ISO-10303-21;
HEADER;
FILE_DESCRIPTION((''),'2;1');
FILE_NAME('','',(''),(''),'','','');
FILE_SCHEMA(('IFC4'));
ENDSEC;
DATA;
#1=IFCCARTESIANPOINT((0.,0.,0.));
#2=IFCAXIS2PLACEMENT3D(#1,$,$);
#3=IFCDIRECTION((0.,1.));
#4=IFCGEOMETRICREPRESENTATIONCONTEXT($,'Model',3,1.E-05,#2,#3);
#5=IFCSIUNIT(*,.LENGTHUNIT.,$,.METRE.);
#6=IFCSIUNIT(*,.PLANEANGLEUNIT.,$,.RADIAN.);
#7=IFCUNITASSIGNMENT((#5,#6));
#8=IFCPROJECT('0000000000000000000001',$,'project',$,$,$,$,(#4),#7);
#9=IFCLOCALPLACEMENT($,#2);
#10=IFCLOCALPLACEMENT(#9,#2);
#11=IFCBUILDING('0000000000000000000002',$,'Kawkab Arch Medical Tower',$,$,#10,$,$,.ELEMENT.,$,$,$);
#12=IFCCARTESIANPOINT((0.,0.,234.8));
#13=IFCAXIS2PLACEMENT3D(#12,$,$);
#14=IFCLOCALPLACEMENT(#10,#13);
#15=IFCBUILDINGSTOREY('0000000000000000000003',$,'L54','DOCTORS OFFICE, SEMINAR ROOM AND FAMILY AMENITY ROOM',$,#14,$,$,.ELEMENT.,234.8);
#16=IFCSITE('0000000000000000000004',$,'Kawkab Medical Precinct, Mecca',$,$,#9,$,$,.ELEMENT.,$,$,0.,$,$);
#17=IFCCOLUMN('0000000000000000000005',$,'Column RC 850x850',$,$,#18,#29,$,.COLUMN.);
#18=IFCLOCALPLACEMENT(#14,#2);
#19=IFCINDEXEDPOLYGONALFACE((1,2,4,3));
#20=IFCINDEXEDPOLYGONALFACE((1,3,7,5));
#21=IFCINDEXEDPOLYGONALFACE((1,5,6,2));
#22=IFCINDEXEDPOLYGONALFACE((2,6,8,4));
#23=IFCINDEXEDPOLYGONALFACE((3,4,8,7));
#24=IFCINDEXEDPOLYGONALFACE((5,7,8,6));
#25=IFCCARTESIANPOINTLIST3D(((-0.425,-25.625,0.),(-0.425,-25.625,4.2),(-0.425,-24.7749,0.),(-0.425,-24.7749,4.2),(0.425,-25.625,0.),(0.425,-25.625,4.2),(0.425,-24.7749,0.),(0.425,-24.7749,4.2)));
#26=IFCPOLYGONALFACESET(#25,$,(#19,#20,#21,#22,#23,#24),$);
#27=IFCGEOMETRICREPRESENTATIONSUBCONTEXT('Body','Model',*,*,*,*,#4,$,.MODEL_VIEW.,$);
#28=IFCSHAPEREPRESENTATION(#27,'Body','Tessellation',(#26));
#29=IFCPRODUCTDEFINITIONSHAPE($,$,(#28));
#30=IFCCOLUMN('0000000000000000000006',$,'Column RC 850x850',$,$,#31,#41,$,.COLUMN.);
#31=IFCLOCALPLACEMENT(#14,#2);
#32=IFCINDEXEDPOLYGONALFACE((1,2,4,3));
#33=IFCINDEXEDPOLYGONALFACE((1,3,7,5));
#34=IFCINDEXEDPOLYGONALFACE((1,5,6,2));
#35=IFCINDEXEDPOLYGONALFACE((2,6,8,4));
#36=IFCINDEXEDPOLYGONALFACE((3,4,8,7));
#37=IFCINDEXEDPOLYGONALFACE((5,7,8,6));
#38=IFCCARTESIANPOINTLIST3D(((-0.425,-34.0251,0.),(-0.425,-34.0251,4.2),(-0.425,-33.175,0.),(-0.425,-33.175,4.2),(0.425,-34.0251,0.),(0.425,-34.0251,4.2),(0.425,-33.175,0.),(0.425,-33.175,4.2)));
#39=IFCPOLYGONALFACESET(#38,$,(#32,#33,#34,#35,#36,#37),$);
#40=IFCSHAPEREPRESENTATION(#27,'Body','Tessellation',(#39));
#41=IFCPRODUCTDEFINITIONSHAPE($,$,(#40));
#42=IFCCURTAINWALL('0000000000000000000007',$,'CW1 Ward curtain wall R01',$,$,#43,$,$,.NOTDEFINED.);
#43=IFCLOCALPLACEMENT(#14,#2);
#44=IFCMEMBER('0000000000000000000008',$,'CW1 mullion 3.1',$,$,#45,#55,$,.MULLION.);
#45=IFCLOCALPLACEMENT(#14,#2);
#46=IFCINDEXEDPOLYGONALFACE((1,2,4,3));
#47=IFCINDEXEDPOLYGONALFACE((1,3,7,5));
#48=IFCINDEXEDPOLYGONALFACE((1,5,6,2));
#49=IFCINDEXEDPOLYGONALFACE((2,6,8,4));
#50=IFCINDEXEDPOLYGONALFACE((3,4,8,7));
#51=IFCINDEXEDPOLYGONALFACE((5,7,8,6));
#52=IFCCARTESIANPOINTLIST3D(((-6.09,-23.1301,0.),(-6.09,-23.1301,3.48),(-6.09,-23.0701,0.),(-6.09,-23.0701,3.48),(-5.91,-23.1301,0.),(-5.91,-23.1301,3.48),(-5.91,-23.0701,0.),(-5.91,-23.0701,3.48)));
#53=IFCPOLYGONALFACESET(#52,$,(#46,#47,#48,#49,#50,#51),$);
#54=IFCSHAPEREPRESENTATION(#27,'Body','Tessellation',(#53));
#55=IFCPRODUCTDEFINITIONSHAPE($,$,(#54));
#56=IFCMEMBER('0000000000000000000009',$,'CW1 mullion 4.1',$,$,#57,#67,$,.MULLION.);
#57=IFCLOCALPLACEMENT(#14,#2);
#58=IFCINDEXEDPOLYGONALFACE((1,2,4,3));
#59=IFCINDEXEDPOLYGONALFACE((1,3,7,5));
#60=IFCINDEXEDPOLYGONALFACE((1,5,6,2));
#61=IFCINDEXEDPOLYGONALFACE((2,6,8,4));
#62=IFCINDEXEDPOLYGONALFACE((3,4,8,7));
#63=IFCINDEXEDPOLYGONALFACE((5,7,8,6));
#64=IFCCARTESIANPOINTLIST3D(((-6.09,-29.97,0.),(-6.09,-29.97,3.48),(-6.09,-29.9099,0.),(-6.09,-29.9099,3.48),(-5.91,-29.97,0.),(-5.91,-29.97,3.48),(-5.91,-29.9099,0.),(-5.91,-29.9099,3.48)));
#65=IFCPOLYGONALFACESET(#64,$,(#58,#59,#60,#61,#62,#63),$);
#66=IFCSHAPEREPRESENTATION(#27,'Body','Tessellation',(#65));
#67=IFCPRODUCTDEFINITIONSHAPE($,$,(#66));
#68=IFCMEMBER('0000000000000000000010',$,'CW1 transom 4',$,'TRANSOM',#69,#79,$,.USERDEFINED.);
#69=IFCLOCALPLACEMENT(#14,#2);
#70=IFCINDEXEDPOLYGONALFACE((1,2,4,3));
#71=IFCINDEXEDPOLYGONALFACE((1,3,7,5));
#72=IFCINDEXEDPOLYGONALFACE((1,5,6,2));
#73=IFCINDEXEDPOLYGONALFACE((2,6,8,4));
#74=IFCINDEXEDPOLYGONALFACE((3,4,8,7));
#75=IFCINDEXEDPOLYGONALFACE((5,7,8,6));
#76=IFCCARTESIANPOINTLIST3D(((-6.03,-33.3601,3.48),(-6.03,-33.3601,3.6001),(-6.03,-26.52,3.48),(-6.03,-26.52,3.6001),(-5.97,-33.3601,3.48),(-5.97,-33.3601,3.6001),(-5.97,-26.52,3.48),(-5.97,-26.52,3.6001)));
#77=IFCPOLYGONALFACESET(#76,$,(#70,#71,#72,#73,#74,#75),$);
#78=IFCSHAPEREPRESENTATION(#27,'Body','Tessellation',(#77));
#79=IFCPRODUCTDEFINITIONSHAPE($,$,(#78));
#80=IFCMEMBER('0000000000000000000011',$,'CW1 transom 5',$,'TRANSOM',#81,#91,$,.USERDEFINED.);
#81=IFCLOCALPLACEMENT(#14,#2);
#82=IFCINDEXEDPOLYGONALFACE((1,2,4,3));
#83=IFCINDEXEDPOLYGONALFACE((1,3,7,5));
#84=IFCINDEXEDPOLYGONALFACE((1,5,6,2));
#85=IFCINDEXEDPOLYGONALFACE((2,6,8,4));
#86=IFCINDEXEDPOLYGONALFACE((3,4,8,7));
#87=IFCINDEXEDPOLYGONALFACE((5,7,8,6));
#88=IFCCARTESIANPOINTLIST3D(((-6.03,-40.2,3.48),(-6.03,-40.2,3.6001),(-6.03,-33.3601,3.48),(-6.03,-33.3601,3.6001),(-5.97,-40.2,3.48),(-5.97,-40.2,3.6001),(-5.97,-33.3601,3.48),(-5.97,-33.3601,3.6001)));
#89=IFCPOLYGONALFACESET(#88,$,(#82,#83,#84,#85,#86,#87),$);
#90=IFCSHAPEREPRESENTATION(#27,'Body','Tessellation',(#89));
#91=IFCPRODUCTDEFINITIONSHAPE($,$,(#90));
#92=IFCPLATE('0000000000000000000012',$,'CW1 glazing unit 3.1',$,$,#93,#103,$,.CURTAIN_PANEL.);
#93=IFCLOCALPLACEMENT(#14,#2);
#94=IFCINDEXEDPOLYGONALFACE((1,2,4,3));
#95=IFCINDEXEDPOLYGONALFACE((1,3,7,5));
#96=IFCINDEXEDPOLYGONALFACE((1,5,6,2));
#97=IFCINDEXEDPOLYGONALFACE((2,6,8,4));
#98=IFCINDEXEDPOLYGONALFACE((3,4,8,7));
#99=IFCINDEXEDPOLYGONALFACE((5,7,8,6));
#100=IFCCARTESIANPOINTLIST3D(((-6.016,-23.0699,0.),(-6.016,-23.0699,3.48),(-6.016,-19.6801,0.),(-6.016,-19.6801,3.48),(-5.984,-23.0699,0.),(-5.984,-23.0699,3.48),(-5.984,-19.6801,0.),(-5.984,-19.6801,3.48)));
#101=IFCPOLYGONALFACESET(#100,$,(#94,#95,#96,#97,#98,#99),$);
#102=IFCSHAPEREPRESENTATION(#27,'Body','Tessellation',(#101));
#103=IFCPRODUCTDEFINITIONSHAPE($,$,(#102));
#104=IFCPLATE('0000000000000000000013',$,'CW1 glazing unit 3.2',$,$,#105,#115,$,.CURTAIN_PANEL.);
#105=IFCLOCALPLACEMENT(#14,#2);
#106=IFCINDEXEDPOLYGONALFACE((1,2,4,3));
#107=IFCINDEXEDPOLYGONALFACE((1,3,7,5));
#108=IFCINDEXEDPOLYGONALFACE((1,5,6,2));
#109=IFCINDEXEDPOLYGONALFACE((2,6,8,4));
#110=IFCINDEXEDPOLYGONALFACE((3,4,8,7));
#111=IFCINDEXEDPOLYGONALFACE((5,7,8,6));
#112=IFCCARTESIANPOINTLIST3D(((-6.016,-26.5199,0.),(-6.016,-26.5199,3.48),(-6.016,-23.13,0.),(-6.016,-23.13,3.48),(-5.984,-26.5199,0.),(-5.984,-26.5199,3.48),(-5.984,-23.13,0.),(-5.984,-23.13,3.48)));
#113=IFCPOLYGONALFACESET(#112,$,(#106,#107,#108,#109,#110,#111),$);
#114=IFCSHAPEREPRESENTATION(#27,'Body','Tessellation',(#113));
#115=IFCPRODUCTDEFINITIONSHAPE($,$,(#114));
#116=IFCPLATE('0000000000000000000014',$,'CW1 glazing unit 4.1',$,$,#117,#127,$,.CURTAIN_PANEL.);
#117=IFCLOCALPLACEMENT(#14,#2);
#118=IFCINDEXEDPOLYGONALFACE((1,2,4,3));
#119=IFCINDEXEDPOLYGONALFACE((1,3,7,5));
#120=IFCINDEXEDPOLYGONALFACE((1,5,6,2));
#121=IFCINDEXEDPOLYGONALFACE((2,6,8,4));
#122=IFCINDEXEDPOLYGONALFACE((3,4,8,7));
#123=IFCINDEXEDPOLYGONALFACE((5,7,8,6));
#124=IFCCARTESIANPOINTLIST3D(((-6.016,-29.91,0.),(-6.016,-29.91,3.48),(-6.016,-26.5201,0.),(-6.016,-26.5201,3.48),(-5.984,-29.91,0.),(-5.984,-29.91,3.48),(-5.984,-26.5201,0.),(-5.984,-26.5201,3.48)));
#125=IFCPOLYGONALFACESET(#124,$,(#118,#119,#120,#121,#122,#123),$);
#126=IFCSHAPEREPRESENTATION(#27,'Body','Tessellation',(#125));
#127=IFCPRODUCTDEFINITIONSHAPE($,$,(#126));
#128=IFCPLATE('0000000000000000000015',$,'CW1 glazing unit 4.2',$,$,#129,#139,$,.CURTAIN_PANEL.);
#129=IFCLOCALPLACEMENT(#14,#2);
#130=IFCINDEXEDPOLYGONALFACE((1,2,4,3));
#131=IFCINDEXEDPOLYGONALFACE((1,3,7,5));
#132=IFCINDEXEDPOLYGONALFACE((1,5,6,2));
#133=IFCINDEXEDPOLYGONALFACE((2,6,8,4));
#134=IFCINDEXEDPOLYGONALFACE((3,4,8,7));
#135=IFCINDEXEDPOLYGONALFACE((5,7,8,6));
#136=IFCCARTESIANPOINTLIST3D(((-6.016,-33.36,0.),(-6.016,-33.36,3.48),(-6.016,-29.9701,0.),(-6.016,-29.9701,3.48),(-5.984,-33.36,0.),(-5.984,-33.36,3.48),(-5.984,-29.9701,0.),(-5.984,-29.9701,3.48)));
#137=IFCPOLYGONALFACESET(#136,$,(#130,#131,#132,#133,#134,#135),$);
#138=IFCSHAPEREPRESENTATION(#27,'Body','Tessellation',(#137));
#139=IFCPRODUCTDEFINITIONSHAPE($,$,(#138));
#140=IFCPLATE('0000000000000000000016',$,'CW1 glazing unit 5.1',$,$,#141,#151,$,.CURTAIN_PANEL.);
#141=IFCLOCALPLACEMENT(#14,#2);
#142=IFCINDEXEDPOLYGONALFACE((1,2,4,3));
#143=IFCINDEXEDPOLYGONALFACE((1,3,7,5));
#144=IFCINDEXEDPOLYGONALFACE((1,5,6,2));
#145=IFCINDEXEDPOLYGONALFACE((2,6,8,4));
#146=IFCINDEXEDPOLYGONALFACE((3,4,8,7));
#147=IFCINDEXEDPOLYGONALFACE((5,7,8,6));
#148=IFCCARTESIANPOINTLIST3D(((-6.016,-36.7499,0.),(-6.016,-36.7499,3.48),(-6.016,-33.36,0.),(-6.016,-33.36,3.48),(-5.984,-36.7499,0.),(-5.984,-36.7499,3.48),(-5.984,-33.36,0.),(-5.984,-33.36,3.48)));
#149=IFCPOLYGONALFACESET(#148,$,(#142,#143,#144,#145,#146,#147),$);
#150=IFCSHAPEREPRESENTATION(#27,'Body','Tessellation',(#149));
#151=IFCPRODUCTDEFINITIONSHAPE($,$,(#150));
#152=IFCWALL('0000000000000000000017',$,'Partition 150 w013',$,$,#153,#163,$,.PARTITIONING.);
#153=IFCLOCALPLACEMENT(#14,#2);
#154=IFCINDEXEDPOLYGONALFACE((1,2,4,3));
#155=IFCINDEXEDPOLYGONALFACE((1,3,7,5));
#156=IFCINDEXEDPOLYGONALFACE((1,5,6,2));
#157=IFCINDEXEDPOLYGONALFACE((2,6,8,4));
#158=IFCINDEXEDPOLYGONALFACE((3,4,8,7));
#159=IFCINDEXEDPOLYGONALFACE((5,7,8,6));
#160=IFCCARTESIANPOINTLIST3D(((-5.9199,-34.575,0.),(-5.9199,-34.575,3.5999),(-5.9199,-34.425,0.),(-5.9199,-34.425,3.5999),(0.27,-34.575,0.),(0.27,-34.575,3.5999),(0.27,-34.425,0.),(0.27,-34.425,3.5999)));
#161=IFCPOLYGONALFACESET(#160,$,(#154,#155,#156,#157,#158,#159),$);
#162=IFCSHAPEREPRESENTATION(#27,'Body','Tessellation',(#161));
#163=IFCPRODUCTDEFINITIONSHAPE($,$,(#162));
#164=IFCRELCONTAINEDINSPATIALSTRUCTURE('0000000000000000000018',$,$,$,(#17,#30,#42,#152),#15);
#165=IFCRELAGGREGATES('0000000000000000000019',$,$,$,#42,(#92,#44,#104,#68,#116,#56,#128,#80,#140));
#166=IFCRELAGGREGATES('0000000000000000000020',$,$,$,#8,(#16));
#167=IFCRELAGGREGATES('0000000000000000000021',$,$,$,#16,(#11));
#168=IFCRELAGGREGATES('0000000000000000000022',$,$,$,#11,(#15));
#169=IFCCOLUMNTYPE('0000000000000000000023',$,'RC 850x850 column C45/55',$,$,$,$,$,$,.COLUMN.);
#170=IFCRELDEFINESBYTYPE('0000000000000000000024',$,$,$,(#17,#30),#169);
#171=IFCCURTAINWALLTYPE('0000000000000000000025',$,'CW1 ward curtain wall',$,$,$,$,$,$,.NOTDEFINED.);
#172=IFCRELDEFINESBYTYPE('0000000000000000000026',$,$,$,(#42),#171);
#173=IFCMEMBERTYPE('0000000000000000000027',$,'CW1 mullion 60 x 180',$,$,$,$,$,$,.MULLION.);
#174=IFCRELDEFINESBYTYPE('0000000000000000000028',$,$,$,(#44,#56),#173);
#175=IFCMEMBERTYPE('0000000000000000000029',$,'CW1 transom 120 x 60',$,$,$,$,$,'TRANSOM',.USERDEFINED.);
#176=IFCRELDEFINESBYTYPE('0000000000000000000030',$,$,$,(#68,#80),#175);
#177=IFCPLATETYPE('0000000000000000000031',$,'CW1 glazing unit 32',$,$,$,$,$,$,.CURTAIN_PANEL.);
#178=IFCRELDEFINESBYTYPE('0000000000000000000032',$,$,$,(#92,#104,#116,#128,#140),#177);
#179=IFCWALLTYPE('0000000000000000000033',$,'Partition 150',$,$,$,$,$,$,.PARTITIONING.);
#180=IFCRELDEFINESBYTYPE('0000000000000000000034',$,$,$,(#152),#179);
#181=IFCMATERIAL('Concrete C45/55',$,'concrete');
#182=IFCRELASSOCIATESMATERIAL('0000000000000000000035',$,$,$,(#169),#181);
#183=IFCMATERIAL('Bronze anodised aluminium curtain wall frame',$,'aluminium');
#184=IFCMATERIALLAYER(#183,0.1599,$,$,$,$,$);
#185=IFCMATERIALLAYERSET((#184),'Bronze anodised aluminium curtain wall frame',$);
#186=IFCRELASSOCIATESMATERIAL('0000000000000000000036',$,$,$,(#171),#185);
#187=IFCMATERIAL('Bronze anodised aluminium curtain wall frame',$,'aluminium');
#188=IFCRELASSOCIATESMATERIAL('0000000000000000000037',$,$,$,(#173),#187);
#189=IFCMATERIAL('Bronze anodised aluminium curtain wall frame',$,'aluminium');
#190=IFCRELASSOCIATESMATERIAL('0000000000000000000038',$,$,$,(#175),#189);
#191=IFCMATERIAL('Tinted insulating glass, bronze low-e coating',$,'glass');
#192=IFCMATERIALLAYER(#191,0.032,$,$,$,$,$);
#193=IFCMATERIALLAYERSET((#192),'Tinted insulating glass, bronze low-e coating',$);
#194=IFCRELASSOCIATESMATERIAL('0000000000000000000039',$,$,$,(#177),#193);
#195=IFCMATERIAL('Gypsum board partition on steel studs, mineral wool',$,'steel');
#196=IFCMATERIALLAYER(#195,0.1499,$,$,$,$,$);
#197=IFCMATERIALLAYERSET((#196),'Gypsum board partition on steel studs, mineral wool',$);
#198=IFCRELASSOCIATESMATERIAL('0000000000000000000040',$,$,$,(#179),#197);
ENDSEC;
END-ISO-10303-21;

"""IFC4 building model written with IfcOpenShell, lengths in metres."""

from ifc_helpers import new_model, si_unit, direction, frame, frame_2d, origin, origin_2d, place, context, subcontext, project, spatial, rectangle, extrude, material, layer, layer_set, material_profile, profile_set, type_object, element, aggregate, save


model = new_model("IFC4")

# Units and contexts
model_context = context("Model", 3, precision=1e-05, world=origin(), true_north=direction((0.0, 1.0)))
body_context = subcontext(model_context, "Body", "Model", "MODEL_VIEW")
ifc_project = project(units=[si_unit("LENGTHUNIT", "METRE"), si_unit("PLANEANGLEUNIT", "RADIAN")], contexts=[model_context])

# Site, building, storey
site_placement = place(None, origin())
site = spatial("IfcSite", under=ifc_project, at=site_placement, Name="Kawkab Medical Precinct, Mecca", CompositionType="ELEMENT", RefElevation=0.0)
building_placement = place(site_placement, origin())
building = spatial("IfcBuilding", under=site, at=building_placement, Name="Kawkab Arch Medical Tower", CompositionType="ELEMENT")
storey_placement = place(building_placement, frame((0.0, 0.0, 234.8)))
storey = spatial("IfcBuildingStorey", under=building, at=storey_placement, Name="L54", Description="DOCTORS OFFICE, SEMINAR ROOM AND FAMILY AMENITY ROOM", CompositionType="ELEMENT", Elevation=234.8)

# Columns
ifc_material_1 = material(Name="Concrete C45/55", Category="concrete")
ifc_material_profile_1 = material_profile(ifc_material_1, rectangle(XDim=0.8501, YDim=0.8501, at=origin_2d()), Name="RC 850x850")
ifc_profile_set_1 = profile_set([ifc_material_profile_1], Name="Concrete C45/55")
column_type = type_object("IfcColumnType", Name="RC 850x850 column C45/55", PredefinedType="COLUMN", material=ifc_profile_set_1)
for number, where, z_axis, x_axis, name in (
    (1, (0.0, -25.2, 0.0), (0.0, 0.0, 1.0), (1.0, 0.0, 0.0), "Column RC 850x850"),
    (2, (0.0, -33.6001, 0.0), (0.0, 0.0, 1.0), (1.0, 0.0, 0.0), "Column RC 850x850"),
):
    element("IfcColumn", number, at=place(storey_placement, frame(where, z_axis=z_axis, x_axis=x_axis)), inside=storey, type_object=column_type, Name=name, PredefinedType="COLUMN", context=body_context, shape_type="SweptSolid", body=[
        extrude(rectangle(XDim=0.8501, YDim=0.8501, at=origin_2d()), origin(), (0.0, 0.0, 1.0), 4.2),
    ])

# Curtain wall, members, plates
ifc_material_2 = material(Name="Bronze anodised aluminium curtain wall frame", Category="aluminium")
ifc_layer_1 = layer(ifc_material_2, 0.1599)
ifc_layer_set_1 = layer_set([ifc_layer_1], Name="Bronze anodised aluminium curtain wall frame")
curtain_wall_type = type_object("IfcCurtainWallType", Name="CW1 ward curtain wall", PredefinedType="NOTDEFINED", material=ifc_layer_set_1)
curtain_wall_placement = place(storey_placement, origin())
curtain_wall = element("IfcCurtainWall", 3, at=curtain_wall_placement, inside=storey, type_object=curtain_wall_type, Name="CW1 Ward curtain wall R01", PredefinedType="NOTDEFINED")
ifc_material_3 = material(Name="Bronze anodised aluminium curtain wall frame", Category="aluminium")
ifc_material_profile_2 = material_profile(ifc_material_3, rectangle(XDim=0.1799, YDim=0.0601, at=origin_2d()), Name="AL 60x180")
ifc_profile_set_2 = profile_set([ifc_material_profile_2], Name="Bronze anodised aluminium curtain wall frame")
member_type_1 = type_object("IfcMemberType", Name="CW1 mullion 60 x 180", PredefinedType="MULLION", material=ifc_profile_set_2)
member_1_placement = place(storey_placement, frame((-6.0, -23.1001, 0.0), z_axis=(0.0, 0.0, 1.0), x_axis=(1.0, 0.0, 0.0)))
member_1 = element("IfcMember", 4, at=member_1_placement, type_object=member_type_1, Name="CW1 mullion 3.1", PredefinedType="MULLION", context=body_context, shape_type="SweptSolid", body=[
    extrude(rectangle(XDim=0.1799, YDim=0.0601, at=origin_2d()), origin(), (0.0, 0.0, 1.0), 3.48),
])
member_2_placement = place(storey_placement, frame((-6.0, -29.9399, 0.0), z_axis=(0.0, 0.0, 1.0), x_axis=(1.0, 0.0, 0.0)))
member_2 = element("IfcMember", 5, at=member_2_placement, type_object=member_type_1, Name="CW1 mullion 4.1", PredefinedType="MULLION", context=body_context, shape_type="SweptSolid", body=[
    extrude(rectangle(XDim=0.1799, YDim=0.0601, at=origin_2d()), origin(), (0.0, 0.0, 1.0), 3.48),
])
ifc_material_4 = material(Name="Bronze anodised aluminium curtain wall frame", Category="aluminium")
ifc_material_profile_3 = material_profile(ifc_material_4, rectangle(XDim=0.0601, YDim=0.1201, at=origin_2d()), Name="AL 60x120")
ifc_profile_set_3 = profile_set([ifc_material_profile_3], Name="Bronze anodised aluminium curtain wall frame")
member_type_2 = type_object("IfcMemberType", Name="CW1 transom 120 x 60", ElementType="TRANSOM", PredefinedType="USERDEFINED", material=ifc_profile_set_3)
member_3_placement = place(storey_placement, frame((-6.0, -26.52, 3.54), z_axis=(0.0, -1.0, 0.0), x_axis=(1.0, 0.0, 0.0)))
member_3 = element("IfcMember", 6, at=member_3_placement, type_object=member_type_2, Name="CW1 transom 4", ObjectType="TRANSOM", PredefinedType="USERDEFINED", context=body_context, shape_type="SweptSolid", body=[
    extrude(rectangle(XDim=0.0601, YDim=0.1201, at=origin_2d()), origin(), (0.0, 0.0, 1.0), 6.8401),
])
member_4_placement = place(storey_placement, frame((-6.0, -33.3601, 3.54), z_axis=(0.0, -1.0, 0.0), x_axis=(1.0, 0.0, 0.0)))
member_4 = element("IfcMember", 7, at=member_4_placement, type_object=member_type_2, Name="CW1 transom 5", ObjectType="TRANSOM", PredefinedType="USERDEFINED", context=body_context, shape_type="SweptSolid", body=[
    extrude(rectangle(XDim=0.0601, YDim=0.1201, at=origin_2d()), origin(), (0.0, 0.0, 1.0), 6.8398),
])
ifc_material_5 = material(Name="Tinted insulating glass, bronze low-e coating", Category="glass")
ifc_layer_2 = layer(ifc_material_5, 0.032)
ifc_layer_set_2 = layer_set([ifc_layer_2], Name="Tinted insulating glass, bronze low-e coating")
plate_type = type_object("IfcPlateType", Name="CW1 glazing unit 32", PredefinedType="CURTAIN_PANEL", material=ifc_layer_set_2)
plate_1_placement = place(storey_placement, frame((-6.0, -21.375, 0.0), z_axis=(0.0, 0.0, 1.0), x_axis=(0.0, -1.0, 0.0)))
plate_1 = element("IfcPlate", 8, at=plate_1_placement, type_object=plate_type, Name="CW1 glazing unit 3.1", PredefinedType="CURTAIN_PANEL", context=body_context, shape_type="SweptSolid", body=[
    extrude(rectangle(XDim=3.3899, YDim=0.032, at=origin_2d()), origin(), (0.0, 0.0, 1.0), 3.48),
])
plate_2_placement = place(storey_placement, frame((-6.0, -24.825, 0.0), z_axis=(0.0, 0.0, 1.0), x_axis=(0.0, -1.0, 0.0)))
plate_2 = element("IfcPlate", 9, at=plate_2_placement, type_object=plate_type, Name="CW1 glazing unit 3.2", PredefinedType="CURTAIN_PANEL", context=body_context, shape_type="SweptSolid", body=[
    extrude(rectangle(XDim=3.3899, YDim=0.032, at=origin_2d()), origin(), (0.0, 0.0, 1.0), 3.48),
])
plate_3_placement = place(storey_placement, frame((-6.0, -28.2151, 0.0), z_axis=(0.0, 0.0, 1.0), x_axis=(0.0, -1.0, 0.0)))
plate_3 = element("IfcPlate", 10, at=plate_3_placement, type_object=plate_type, Name="CW1 glazing unit 4.1", PredefinedType="CURTAIN_PANEL", context=body_context, shape_type="SweptSolid", body=[
    extrude(rectangle(XDim=3.3899, YDim=0.032, at=origin_2d()), origin(), (0.0, 0.0, 1.0), 3.48),
])
plate_4_placement = place(storey_placement, frame((-6.0, -31.665, 0.0), z_axis=(0.0, 0.0, 1.0), x_axis=(0.0, -1.0, 0.0)))
plate_4 = element("IfcPlate", 11, at=plate_4_placement, type_object=plate_type, Name="CW1 glazing unit 4.2", PredefinedType="CURTAIN_PANEL", context=body_context, shape_type="SweptSolid", body=[
    extrude(rectangle(XDim=3.3899, YDim=0.032, at=origin_2d()), origin(), (0.0, 0.0, 1.0), 3.48),
])
plate_5_placement = place(storey_placement, frame((-6.0, -35.0549, 0.0), z_axis=(0.0, 0.0, 1.0), x_axis=(0.0, -1.0, 0.0)))
plate_5 = element("IfcPlate", 12, at=plate_5_placement, type_object=plate_type, Name="CW1 glazing unit 5.1", PredefinedType="CURTAIN_PANEL", context=body_context, shape_type="SweptSolid", body=[
    extrude(rectangle(XDim=3.3899, YDim=0.032, at=origin_2d()), origin(), (0.0, 0.0, 1.0), 3.48),
])
aggregate(curtain_wall, [plate_1, member_1, plate_2, member_3, plate_3, member_2, plate_4, member_4, plate_5])

# Wall
ifc_material_6 = material(Name="Gypsum board partition on steel studs, mineral wool", Category="steel")
ifc_layer_3 = layer(ifc_material_6, 0.1499)
ifc_layer_set_3 = layer_set([ifc_layer_3], Name="Gypsum board partition on steel studs, mineral wool")
wall_type_1 = type_object("IfcWallType", Name="Partition 150", PredefinedType="PARTITIONING", material=ifc_layer_set_3)
wall_1_placement = place(storey_placement, frame((-5.9199, -34.5, 0.0), z_axis=(0.0, 0.0, 1.0), x_axis=(1.0, 0.0, 0.0)))
element("IfcWall", 13, at=wall_1_placement, inside=storey, type_object=wall_type_1, Name="Partition 150 w013", PredefinedType="PARTITIONING", context=body_context, shape_type="SweptSolid", body=[
    extrude(rectangle(XDim=6.1899, YDim=0.1499, at=frame_2d((3.095, 0.0))), origin(), (0.0, 0.0, 1.0), 3.5999),
])

save(model, "model.ifc")
